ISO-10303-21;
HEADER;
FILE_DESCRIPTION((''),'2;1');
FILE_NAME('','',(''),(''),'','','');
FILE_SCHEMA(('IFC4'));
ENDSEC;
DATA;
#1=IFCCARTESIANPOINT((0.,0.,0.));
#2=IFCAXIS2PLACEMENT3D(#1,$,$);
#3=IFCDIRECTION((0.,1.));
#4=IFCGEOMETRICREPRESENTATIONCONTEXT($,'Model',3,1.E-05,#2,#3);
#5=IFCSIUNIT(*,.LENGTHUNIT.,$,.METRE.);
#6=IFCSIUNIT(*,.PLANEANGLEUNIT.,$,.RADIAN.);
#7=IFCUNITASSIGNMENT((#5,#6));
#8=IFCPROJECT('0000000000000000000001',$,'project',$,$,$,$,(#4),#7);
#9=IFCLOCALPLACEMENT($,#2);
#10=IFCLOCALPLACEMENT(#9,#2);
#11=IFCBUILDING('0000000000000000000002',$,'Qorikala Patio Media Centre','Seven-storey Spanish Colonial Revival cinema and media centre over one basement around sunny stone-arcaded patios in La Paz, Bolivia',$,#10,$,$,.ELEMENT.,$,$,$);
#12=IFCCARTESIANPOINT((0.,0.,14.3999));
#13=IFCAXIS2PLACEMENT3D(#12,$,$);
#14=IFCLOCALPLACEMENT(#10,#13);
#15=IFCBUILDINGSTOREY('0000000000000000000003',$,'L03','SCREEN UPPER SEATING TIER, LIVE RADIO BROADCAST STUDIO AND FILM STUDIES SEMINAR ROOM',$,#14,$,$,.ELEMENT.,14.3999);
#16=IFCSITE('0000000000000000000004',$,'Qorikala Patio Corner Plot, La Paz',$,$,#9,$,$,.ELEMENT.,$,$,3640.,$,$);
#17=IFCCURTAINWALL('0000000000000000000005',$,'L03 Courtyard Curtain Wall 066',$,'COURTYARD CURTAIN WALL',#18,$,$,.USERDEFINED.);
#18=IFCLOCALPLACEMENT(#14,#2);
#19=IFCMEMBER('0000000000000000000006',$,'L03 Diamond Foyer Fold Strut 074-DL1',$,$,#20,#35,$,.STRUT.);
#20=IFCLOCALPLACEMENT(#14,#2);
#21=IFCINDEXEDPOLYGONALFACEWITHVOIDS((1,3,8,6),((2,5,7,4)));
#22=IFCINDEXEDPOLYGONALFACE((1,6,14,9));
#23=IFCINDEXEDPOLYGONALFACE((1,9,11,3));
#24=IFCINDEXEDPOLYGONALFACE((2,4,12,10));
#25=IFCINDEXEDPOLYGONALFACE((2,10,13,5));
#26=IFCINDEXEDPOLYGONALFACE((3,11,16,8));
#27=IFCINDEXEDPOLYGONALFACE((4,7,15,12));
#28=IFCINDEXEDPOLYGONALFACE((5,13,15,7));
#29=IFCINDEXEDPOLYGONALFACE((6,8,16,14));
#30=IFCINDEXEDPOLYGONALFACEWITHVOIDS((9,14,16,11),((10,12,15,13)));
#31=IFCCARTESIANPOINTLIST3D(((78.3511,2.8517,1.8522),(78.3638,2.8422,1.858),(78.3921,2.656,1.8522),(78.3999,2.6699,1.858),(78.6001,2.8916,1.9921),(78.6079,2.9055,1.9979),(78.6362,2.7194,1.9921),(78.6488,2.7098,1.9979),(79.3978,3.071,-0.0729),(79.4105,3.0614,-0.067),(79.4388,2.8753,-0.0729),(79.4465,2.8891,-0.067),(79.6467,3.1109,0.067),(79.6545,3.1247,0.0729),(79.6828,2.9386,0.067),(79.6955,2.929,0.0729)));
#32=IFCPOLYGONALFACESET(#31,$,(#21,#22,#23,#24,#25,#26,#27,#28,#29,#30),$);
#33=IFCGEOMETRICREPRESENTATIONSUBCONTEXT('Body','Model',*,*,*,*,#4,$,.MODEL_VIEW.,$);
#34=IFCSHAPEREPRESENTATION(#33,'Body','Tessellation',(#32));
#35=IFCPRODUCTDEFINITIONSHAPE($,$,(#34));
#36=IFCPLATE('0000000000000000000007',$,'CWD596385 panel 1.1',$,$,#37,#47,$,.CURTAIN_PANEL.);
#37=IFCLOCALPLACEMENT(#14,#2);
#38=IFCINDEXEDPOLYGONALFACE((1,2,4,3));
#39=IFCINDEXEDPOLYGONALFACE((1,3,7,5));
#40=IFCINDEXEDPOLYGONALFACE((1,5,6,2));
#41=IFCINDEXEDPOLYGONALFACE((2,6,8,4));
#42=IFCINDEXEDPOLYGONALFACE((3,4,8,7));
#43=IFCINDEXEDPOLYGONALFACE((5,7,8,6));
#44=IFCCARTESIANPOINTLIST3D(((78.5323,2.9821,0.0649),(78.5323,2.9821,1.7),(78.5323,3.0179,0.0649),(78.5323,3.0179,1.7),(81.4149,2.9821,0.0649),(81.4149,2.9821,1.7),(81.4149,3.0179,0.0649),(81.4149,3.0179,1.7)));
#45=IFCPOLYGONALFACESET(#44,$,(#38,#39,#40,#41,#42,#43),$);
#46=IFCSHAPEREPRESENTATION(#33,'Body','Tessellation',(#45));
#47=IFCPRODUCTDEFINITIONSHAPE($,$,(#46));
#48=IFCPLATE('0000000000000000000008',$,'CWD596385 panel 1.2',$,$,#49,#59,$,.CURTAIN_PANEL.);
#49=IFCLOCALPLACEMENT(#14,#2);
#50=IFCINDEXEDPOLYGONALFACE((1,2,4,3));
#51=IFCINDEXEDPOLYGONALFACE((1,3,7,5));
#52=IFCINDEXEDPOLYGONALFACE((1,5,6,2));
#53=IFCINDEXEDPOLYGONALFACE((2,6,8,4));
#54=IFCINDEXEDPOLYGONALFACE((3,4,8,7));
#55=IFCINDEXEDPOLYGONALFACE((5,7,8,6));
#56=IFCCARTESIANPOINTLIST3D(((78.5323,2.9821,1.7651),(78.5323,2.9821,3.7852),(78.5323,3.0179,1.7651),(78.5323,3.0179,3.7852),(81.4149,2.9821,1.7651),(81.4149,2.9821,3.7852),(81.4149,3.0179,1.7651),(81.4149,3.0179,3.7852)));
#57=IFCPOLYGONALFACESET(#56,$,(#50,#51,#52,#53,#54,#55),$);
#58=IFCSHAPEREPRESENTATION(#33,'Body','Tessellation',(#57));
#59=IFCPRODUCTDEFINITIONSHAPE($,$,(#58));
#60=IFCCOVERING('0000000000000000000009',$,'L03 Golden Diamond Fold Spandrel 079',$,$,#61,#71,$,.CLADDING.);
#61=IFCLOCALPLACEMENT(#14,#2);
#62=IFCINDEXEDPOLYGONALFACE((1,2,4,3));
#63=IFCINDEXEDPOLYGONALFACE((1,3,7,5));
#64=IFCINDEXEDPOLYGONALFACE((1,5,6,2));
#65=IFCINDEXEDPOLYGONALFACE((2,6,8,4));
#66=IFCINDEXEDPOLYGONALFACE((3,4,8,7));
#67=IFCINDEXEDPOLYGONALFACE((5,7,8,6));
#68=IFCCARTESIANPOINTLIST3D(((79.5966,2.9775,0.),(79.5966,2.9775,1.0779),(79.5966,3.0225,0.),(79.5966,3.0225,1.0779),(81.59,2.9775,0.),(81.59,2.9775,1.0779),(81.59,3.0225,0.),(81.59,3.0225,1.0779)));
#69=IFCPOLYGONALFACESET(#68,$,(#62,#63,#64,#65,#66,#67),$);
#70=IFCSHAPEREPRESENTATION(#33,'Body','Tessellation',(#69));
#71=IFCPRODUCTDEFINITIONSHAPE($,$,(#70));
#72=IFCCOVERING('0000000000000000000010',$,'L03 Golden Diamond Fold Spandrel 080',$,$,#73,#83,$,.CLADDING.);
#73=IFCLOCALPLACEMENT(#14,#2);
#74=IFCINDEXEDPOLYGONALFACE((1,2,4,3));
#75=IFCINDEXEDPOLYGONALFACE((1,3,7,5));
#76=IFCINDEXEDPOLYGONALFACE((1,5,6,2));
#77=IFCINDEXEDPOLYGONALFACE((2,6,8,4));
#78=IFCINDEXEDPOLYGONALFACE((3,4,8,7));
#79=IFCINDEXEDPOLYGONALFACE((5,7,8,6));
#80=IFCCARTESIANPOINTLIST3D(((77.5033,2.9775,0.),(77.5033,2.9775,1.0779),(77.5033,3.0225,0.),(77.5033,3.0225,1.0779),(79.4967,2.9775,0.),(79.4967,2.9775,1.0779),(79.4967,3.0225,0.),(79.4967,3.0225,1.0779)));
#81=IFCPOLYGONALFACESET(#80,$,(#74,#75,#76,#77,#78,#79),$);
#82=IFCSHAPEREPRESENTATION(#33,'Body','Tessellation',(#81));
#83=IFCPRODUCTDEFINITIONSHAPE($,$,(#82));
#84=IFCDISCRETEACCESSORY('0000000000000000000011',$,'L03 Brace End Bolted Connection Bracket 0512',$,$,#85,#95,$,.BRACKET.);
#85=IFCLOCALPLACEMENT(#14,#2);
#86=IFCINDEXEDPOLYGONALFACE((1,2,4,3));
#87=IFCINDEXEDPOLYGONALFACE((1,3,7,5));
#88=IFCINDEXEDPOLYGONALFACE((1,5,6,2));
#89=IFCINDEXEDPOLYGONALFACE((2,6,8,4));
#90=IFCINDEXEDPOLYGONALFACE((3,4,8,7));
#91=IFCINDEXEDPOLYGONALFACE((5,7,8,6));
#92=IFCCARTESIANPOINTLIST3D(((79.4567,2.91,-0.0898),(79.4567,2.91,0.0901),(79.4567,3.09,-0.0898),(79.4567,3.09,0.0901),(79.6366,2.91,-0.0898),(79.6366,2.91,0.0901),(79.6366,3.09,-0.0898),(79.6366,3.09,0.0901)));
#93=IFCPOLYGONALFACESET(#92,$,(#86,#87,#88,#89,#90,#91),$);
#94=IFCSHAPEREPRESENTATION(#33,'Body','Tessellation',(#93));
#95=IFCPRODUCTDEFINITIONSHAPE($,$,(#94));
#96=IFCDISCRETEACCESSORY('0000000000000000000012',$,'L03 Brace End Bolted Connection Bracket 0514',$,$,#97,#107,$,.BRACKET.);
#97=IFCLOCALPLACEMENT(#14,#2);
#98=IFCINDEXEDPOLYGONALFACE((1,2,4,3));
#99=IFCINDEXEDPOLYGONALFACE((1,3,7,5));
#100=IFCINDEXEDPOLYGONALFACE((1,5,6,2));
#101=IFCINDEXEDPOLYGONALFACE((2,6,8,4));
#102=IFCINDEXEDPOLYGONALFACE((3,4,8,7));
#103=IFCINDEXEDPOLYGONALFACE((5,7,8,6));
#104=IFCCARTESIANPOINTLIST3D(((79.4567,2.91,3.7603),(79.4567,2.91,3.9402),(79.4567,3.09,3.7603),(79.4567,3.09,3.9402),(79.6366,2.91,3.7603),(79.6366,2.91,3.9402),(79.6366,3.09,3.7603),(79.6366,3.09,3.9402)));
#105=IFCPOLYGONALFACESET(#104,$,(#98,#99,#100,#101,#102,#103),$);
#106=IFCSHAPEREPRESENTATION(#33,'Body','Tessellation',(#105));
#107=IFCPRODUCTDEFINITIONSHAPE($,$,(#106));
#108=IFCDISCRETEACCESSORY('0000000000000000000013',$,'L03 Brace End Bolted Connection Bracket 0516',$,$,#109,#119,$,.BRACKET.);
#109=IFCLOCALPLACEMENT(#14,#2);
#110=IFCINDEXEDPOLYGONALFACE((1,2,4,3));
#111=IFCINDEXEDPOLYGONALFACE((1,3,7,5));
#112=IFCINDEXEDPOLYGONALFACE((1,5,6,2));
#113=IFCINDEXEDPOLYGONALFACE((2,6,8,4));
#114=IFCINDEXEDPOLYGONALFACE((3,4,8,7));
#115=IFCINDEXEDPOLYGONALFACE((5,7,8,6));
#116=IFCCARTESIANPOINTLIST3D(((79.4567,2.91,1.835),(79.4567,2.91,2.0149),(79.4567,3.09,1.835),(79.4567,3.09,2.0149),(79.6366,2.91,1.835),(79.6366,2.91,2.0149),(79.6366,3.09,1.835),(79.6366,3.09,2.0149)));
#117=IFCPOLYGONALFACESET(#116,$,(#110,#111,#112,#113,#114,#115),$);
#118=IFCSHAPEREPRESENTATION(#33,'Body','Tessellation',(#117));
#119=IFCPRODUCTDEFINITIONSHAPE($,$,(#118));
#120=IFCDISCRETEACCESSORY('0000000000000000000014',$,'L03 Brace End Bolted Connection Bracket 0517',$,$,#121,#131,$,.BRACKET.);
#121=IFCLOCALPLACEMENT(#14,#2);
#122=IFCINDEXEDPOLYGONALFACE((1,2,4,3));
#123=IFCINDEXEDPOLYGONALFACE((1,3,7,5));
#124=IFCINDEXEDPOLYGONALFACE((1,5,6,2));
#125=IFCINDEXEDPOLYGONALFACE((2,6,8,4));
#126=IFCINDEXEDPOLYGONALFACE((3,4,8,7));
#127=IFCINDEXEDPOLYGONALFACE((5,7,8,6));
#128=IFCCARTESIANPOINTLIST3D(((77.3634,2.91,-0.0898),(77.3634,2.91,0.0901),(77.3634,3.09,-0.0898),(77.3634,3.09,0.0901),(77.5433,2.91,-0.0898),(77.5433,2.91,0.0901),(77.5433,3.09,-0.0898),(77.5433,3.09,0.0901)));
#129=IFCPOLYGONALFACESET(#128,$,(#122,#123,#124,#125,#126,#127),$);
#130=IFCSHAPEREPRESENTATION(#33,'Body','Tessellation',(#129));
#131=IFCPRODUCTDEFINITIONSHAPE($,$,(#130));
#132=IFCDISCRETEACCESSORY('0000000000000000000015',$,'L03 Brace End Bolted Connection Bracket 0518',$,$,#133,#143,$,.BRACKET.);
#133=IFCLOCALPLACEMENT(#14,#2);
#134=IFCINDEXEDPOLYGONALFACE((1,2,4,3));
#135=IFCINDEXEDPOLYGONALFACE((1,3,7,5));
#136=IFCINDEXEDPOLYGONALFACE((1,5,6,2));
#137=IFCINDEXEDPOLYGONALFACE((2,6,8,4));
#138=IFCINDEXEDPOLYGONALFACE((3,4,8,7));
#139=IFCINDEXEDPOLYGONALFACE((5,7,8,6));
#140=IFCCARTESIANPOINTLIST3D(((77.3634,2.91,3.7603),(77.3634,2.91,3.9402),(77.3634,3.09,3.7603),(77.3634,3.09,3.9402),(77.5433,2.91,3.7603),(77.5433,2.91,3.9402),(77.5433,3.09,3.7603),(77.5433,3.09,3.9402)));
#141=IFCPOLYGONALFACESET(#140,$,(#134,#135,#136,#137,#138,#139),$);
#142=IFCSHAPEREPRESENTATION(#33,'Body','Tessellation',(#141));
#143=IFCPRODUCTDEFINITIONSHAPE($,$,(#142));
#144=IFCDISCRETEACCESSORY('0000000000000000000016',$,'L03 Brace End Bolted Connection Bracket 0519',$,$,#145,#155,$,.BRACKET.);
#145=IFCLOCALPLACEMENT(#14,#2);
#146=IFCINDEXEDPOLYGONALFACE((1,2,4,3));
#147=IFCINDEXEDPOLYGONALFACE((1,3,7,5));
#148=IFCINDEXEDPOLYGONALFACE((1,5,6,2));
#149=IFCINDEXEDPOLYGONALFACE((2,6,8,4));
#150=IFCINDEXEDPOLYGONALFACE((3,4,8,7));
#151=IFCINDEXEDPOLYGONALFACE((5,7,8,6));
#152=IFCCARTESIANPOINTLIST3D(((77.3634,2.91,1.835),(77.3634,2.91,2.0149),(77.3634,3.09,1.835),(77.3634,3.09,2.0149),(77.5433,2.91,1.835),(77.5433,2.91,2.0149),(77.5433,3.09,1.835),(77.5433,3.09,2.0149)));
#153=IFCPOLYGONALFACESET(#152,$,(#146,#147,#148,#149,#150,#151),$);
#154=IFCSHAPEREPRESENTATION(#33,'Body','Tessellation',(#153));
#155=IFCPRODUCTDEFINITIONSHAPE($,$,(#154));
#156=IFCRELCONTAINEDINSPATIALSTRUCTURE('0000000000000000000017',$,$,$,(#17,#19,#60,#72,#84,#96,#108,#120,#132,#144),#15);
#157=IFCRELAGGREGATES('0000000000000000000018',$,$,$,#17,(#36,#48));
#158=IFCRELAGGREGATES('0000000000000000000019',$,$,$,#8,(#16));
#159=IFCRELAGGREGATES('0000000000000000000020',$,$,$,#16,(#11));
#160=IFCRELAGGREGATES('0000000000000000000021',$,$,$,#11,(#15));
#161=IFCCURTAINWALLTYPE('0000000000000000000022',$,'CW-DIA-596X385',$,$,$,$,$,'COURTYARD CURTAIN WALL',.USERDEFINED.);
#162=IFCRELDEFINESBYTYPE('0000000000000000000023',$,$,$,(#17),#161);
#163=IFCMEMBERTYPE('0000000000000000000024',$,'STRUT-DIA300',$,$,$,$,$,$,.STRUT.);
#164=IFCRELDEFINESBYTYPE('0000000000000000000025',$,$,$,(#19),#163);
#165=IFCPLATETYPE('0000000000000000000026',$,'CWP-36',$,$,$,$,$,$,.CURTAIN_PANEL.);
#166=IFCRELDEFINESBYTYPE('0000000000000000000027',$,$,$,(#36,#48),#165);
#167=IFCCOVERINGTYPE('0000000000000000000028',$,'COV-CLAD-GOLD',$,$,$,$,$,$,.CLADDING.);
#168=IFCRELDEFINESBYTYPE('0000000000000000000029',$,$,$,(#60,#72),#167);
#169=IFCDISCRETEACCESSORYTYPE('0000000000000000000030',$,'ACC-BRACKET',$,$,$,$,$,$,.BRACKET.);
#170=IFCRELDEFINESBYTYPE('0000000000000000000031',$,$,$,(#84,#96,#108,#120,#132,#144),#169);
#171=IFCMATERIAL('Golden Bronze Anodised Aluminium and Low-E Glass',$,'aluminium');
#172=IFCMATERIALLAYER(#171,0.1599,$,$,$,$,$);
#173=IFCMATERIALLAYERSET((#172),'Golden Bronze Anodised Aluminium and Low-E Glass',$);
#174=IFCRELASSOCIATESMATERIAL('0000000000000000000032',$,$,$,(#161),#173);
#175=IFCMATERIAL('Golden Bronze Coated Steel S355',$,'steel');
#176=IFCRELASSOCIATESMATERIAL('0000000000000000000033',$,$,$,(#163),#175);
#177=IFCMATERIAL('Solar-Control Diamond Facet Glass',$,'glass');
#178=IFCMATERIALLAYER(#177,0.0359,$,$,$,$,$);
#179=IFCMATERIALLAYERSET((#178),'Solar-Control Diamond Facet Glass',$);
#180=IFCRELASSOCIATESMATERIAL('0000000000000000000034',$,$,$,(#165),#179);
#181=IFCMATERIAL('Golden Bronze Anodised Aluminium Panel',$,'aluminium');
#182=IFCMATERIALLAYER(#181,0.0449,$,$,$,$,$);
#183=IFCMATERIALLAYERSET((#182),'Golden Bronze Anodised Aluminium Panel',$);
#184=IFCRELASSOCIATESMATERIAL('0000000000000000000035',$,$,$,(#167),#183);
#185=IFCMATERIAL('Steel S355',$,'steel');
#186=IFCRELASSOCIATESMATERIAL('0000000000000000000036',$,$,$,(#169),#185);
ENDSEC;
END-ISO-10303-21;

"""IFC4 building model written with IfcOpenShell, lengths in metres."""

from ifc_helpers import new_model, si_unit, direction, frame, origin, origin_2d, place, context, subcontext, project, spatial, rectangle, hollow_rectangle, extrude, material, layer, layer_set, material_profile, profile_set, type_object, element, aggregate, save


model = new_model("IFC4")

# Units and contexts
model_context = context("Model", 3, precision=1e-05, world=origin(), true_north=direction((0.0, 1.0)))
body_context = subcontext(model_context, "Body", "Model", "MODEL_VIEW")
ifc_project = project(units=[si_unit("LENGTHUNIT", "METRE"), si_unit("PLANEANGLEUNIT", "RADIAN")], contexts=[model_context])

# Site, building, storey
site_placement = place(None, origin())
site = spatial("IfcSite", under=ifc_project, at=site_placement, Name="Qorikala Patio Corner Plot, La Paz", CompositionType="ELEMENT", RefElevation=3640.0)
building_placement = place(site_placement, origin())
building = spatial("IfcBuilding", under=site, at=building_placement, Name="Qorikala Patio Media Centre", Description="Seven-storey Spanish Colonial Revival cinema and media centre over one basement around sunny stone-arcaded patios in La Paz, Bolivia", CompositionType="ELEMENT")
storey_placement = place(building_placement, frame((0.0, 0.0, 14.3999)))
storey = spatial("IfcBuildingStorey", under=building, at=storey_placement, Name="L03", Description="SCREEN UPPER SEATING TIER, LIVE RADIO BROADCAST STUDIO AND FILM STUDIES SEMINAR ROOM", CompositionType="ELEMENT", Elevation=14.3999)

# Shared definitions
ifc_material_1 = material(Name="Golden Bronze Coated Steel S355", Category="steel")

# Curtain wall
ifc_material_2 = material(Name="Golden Bronze Anodised Aluminium and Low-E Glass", Category="aluminium")
ifc_layer_1 = layer(ifc_material_2, 0.1599)
ifc_layer_set_1 = layer_set([ifc_layer_1], Name="Golden Bronze Anodised Aluminium and Low-E Glass")
curtain_wall_type = type_object("IfcCurtainWallType", Name="CW-DIA-596X385", ElementType="COURTYARD CURTAIN WALL", PredefinedType="USERDEFINED", material=ifc_layer_set_1)
curtain_wall_placement = place(storey_placement, origin())
curtain_wall = element("IfcCurtainWall", 1, at=curtain_wall_placement, inside=storey, type_object=curtain_wall_type, Name="L03 Courtyard Curtain Wall 066", ObjectType="COURTYARD CURTAIN WALL", PredefinedType="USERDEFINED")

# Member
ifc_material_profile_1 = material_profile(ifc_material_1, hollow_rectangle(XDim=0.2, YDim=0.3, WallThickness=0.012, at=origin_2d()), Name="HSS300X200X12")
ifc_profile_set_1 = profile_set([ifc_material_profile_1], Name="Golden Bronze Coated Steel S355")
member_type_1 = type_object("IfcMemberType", Name="STRUT-DIA300", PredefinedType="STRUT", material=ifc_profile_set_1)
for number, where, z_axis, x_axis, name in (
    (2, (79.5466, 3.0, 0.0), (-0.475284, -0.099558, 0.874181), (0.205021, -0.978758, 0.0), "L03 Diamond Foyer Fold Strut 074-DL1"),
):
    element("IfcMember", number, at=place(storey_placement, frame(where, z_axis=z_axis, x_axis=x_axis)), inside=storey, type_object=member_type_1, Name=name, PredefinedType="STRUT", context=body_context, shape_type="SweptSolid", body=[
        extrude(hollow_rectangle(XDim=0.2, YDim=0.3, WallThickness=0.012, at=origin_2d()), origin(), (0.0, 0.0, 1.0), 2.2021),
    ])

# Plates
ifc_material_3 = material(Name="Solar-Control Diamond Facet Glass", Category="glass")
ifc_layer_2 = layer(ifc_material_3, 0.0359)
ifc_layer_set_2 = layer_set([ifc_layer_2], Name="Solar-Control Diamond Facet Glass")
plate_type = type_object("IfcPlateType", Name="CWP-36", PredefinedType="CURTAIN_PANEL", material=ifc_layer_set_2)
plate_1_placement = place(storey_placement, frame((79.9736, 3.0, 0.0649), z_axis=(0.0, 0.0, 1.0), x_axis=(-1.0, 0.0, 0.0)))
plate_1 = element("IfcPlate", 3, at=plate_1_placement, type_object=plate_type, Name="CWD596385 panel 1.1", PredefinedType="CURTAIN_PANEL", context=body_context, shape_type="SweptSolid", body=[
    extrude(rectangle(XDim=2.8826, YDim=0.0359, at=origin_2d()), origin(), (0.0, 0.0, 1.0), 1.635),
])
plate_2_placement = place(storey_placement, frame((79.9736, 3.0, 1.7651), z_axis=(0.0, 0.0, 1.0), x_axis=(-1.0, 0.0, 0.0)))
plate_2 = element("IfcPlate", 4, at=plate_2_placement, type_object=plate_type, Name="CWD596385 panel 1.2", PredefinedType="CURTAIN_PANEL", context=body_context, shape_type="SweptSolid", body=[
    extrude(rectangle(XDim=2.8826, YDim=0.0359, at=origin_2d()), origin(), (0.0, 0.0, 1.0), 2.02),
])
aggregate(curtain_wall, [plate_1, plate_2])

# Coverings
ifc_material_4 = material(Name="Golden Bronze Anodised Aluminium Panel", Category="aluminium")
ifc_layer_3 = layer(ifc_material_4, 0.0449)
ifc_layer_set_3 = layer_set([ifc_layer_3], Name="Golden Bronze Anodised Aluminium Panel")
covering_type = type_object("IfcCoveringType", Name="COV-CLAD-GOLD", PredefinedType="CLADDING", material=ifc_layer_set_3)
for number, where, z_axis, x_axis, name in (
    (5, (80.5933, 3.0, 0.0), (0.0, 0.0, 1.0), (-1.0, 0.0, 0.0), "L03 Golden Diamond Fold Spandrel 079"),
    (6, (78.5, 3.0, 0.0), (0.0, 0.0, 1.0), (-1.0, 0.0, 0.0), "L03 Golden Diamond Fold Spandrel 080"),
):
    element("IfcCovering", number, at=place(storey_placement, frame(where, z_axis=z_axis, x_axis=x_axis)), inside=storey, type_object=covering_type, Name=name, PredefinedType="CLADDING", context=body_context, shape_type="SweptSolid", body=[
        extrude(rectangle(XDim=1.9934, YDim=0.0449, at=origin_2d()), origin(), (0.0, 0.0, 1.0), 1.0779),
    ])

# Discrete accessories
ifc_material_5 = material(Name="Steel S355", Category="steel")
discrete_accessory_type = type_object("IfcDiscreteAccessoryType", Name="ACC-BRACKET", PredefinedType="BRACKET", material=ifc_material_5)
for number, where, z_axis, x_axis, name in (
    (7, (79.5466, 3.0, -0.0898), (0.0, 0.0, 1.0), (1.0, 0.0, 0.0), "L03 Brace End Bolted Connection Bracket 0512"),
    (8, (79.5466, 3.0, 3.7603), (0.0, 0.0, 1.0), (1.0, 0.0, 0.0), "L03 Brace End Bolted Connection Bracket 0514"),
    (9, (79.5466, 3.0, 1.835), (0.0, 0.0, 1.0), (1.0, 0.0, 0.0), "L03 Brace End Bolted Connection Bracket 0516"),
    (10, (77.4534, 3.0, -0.0898), (0.0, 0.0, 1.0), (1.0, 0.0, 0.0), "L03 Brace End Bolted Connection Bracket 0517"),
    (11, (77.4534, 3.0, 3.7603), (0.0, 0.0, 1.0), (1.0, 0.0, 0.0), "L03 Brace End Bolted Connection Bracket 0518"),
    (12, (77.4534, 3.0, 1.835), (0.0, 0.0, 1.0), (1.0, 0.0, 0.0), "L03 Brace End Bolted Connection Bracket 0519"),
):
    element("IfcDiscreteAccessory", number, at=place(storey_placement, frame(where, z_axis=z_axis, x_axis=x_axis)), inside=storey, type_object=discrete_accessory_type, Name=name, PredefinedType="BRACKET", context=body_context, shape_type="SweptSolid", body=[
        extrude(rectangle(XDim=0.1799, YDim=0.1799, at=origin_2d()), origin(), (0.0, 0.0, 1.0), 0.1799),
    ])

save(model, "model.ifc")
